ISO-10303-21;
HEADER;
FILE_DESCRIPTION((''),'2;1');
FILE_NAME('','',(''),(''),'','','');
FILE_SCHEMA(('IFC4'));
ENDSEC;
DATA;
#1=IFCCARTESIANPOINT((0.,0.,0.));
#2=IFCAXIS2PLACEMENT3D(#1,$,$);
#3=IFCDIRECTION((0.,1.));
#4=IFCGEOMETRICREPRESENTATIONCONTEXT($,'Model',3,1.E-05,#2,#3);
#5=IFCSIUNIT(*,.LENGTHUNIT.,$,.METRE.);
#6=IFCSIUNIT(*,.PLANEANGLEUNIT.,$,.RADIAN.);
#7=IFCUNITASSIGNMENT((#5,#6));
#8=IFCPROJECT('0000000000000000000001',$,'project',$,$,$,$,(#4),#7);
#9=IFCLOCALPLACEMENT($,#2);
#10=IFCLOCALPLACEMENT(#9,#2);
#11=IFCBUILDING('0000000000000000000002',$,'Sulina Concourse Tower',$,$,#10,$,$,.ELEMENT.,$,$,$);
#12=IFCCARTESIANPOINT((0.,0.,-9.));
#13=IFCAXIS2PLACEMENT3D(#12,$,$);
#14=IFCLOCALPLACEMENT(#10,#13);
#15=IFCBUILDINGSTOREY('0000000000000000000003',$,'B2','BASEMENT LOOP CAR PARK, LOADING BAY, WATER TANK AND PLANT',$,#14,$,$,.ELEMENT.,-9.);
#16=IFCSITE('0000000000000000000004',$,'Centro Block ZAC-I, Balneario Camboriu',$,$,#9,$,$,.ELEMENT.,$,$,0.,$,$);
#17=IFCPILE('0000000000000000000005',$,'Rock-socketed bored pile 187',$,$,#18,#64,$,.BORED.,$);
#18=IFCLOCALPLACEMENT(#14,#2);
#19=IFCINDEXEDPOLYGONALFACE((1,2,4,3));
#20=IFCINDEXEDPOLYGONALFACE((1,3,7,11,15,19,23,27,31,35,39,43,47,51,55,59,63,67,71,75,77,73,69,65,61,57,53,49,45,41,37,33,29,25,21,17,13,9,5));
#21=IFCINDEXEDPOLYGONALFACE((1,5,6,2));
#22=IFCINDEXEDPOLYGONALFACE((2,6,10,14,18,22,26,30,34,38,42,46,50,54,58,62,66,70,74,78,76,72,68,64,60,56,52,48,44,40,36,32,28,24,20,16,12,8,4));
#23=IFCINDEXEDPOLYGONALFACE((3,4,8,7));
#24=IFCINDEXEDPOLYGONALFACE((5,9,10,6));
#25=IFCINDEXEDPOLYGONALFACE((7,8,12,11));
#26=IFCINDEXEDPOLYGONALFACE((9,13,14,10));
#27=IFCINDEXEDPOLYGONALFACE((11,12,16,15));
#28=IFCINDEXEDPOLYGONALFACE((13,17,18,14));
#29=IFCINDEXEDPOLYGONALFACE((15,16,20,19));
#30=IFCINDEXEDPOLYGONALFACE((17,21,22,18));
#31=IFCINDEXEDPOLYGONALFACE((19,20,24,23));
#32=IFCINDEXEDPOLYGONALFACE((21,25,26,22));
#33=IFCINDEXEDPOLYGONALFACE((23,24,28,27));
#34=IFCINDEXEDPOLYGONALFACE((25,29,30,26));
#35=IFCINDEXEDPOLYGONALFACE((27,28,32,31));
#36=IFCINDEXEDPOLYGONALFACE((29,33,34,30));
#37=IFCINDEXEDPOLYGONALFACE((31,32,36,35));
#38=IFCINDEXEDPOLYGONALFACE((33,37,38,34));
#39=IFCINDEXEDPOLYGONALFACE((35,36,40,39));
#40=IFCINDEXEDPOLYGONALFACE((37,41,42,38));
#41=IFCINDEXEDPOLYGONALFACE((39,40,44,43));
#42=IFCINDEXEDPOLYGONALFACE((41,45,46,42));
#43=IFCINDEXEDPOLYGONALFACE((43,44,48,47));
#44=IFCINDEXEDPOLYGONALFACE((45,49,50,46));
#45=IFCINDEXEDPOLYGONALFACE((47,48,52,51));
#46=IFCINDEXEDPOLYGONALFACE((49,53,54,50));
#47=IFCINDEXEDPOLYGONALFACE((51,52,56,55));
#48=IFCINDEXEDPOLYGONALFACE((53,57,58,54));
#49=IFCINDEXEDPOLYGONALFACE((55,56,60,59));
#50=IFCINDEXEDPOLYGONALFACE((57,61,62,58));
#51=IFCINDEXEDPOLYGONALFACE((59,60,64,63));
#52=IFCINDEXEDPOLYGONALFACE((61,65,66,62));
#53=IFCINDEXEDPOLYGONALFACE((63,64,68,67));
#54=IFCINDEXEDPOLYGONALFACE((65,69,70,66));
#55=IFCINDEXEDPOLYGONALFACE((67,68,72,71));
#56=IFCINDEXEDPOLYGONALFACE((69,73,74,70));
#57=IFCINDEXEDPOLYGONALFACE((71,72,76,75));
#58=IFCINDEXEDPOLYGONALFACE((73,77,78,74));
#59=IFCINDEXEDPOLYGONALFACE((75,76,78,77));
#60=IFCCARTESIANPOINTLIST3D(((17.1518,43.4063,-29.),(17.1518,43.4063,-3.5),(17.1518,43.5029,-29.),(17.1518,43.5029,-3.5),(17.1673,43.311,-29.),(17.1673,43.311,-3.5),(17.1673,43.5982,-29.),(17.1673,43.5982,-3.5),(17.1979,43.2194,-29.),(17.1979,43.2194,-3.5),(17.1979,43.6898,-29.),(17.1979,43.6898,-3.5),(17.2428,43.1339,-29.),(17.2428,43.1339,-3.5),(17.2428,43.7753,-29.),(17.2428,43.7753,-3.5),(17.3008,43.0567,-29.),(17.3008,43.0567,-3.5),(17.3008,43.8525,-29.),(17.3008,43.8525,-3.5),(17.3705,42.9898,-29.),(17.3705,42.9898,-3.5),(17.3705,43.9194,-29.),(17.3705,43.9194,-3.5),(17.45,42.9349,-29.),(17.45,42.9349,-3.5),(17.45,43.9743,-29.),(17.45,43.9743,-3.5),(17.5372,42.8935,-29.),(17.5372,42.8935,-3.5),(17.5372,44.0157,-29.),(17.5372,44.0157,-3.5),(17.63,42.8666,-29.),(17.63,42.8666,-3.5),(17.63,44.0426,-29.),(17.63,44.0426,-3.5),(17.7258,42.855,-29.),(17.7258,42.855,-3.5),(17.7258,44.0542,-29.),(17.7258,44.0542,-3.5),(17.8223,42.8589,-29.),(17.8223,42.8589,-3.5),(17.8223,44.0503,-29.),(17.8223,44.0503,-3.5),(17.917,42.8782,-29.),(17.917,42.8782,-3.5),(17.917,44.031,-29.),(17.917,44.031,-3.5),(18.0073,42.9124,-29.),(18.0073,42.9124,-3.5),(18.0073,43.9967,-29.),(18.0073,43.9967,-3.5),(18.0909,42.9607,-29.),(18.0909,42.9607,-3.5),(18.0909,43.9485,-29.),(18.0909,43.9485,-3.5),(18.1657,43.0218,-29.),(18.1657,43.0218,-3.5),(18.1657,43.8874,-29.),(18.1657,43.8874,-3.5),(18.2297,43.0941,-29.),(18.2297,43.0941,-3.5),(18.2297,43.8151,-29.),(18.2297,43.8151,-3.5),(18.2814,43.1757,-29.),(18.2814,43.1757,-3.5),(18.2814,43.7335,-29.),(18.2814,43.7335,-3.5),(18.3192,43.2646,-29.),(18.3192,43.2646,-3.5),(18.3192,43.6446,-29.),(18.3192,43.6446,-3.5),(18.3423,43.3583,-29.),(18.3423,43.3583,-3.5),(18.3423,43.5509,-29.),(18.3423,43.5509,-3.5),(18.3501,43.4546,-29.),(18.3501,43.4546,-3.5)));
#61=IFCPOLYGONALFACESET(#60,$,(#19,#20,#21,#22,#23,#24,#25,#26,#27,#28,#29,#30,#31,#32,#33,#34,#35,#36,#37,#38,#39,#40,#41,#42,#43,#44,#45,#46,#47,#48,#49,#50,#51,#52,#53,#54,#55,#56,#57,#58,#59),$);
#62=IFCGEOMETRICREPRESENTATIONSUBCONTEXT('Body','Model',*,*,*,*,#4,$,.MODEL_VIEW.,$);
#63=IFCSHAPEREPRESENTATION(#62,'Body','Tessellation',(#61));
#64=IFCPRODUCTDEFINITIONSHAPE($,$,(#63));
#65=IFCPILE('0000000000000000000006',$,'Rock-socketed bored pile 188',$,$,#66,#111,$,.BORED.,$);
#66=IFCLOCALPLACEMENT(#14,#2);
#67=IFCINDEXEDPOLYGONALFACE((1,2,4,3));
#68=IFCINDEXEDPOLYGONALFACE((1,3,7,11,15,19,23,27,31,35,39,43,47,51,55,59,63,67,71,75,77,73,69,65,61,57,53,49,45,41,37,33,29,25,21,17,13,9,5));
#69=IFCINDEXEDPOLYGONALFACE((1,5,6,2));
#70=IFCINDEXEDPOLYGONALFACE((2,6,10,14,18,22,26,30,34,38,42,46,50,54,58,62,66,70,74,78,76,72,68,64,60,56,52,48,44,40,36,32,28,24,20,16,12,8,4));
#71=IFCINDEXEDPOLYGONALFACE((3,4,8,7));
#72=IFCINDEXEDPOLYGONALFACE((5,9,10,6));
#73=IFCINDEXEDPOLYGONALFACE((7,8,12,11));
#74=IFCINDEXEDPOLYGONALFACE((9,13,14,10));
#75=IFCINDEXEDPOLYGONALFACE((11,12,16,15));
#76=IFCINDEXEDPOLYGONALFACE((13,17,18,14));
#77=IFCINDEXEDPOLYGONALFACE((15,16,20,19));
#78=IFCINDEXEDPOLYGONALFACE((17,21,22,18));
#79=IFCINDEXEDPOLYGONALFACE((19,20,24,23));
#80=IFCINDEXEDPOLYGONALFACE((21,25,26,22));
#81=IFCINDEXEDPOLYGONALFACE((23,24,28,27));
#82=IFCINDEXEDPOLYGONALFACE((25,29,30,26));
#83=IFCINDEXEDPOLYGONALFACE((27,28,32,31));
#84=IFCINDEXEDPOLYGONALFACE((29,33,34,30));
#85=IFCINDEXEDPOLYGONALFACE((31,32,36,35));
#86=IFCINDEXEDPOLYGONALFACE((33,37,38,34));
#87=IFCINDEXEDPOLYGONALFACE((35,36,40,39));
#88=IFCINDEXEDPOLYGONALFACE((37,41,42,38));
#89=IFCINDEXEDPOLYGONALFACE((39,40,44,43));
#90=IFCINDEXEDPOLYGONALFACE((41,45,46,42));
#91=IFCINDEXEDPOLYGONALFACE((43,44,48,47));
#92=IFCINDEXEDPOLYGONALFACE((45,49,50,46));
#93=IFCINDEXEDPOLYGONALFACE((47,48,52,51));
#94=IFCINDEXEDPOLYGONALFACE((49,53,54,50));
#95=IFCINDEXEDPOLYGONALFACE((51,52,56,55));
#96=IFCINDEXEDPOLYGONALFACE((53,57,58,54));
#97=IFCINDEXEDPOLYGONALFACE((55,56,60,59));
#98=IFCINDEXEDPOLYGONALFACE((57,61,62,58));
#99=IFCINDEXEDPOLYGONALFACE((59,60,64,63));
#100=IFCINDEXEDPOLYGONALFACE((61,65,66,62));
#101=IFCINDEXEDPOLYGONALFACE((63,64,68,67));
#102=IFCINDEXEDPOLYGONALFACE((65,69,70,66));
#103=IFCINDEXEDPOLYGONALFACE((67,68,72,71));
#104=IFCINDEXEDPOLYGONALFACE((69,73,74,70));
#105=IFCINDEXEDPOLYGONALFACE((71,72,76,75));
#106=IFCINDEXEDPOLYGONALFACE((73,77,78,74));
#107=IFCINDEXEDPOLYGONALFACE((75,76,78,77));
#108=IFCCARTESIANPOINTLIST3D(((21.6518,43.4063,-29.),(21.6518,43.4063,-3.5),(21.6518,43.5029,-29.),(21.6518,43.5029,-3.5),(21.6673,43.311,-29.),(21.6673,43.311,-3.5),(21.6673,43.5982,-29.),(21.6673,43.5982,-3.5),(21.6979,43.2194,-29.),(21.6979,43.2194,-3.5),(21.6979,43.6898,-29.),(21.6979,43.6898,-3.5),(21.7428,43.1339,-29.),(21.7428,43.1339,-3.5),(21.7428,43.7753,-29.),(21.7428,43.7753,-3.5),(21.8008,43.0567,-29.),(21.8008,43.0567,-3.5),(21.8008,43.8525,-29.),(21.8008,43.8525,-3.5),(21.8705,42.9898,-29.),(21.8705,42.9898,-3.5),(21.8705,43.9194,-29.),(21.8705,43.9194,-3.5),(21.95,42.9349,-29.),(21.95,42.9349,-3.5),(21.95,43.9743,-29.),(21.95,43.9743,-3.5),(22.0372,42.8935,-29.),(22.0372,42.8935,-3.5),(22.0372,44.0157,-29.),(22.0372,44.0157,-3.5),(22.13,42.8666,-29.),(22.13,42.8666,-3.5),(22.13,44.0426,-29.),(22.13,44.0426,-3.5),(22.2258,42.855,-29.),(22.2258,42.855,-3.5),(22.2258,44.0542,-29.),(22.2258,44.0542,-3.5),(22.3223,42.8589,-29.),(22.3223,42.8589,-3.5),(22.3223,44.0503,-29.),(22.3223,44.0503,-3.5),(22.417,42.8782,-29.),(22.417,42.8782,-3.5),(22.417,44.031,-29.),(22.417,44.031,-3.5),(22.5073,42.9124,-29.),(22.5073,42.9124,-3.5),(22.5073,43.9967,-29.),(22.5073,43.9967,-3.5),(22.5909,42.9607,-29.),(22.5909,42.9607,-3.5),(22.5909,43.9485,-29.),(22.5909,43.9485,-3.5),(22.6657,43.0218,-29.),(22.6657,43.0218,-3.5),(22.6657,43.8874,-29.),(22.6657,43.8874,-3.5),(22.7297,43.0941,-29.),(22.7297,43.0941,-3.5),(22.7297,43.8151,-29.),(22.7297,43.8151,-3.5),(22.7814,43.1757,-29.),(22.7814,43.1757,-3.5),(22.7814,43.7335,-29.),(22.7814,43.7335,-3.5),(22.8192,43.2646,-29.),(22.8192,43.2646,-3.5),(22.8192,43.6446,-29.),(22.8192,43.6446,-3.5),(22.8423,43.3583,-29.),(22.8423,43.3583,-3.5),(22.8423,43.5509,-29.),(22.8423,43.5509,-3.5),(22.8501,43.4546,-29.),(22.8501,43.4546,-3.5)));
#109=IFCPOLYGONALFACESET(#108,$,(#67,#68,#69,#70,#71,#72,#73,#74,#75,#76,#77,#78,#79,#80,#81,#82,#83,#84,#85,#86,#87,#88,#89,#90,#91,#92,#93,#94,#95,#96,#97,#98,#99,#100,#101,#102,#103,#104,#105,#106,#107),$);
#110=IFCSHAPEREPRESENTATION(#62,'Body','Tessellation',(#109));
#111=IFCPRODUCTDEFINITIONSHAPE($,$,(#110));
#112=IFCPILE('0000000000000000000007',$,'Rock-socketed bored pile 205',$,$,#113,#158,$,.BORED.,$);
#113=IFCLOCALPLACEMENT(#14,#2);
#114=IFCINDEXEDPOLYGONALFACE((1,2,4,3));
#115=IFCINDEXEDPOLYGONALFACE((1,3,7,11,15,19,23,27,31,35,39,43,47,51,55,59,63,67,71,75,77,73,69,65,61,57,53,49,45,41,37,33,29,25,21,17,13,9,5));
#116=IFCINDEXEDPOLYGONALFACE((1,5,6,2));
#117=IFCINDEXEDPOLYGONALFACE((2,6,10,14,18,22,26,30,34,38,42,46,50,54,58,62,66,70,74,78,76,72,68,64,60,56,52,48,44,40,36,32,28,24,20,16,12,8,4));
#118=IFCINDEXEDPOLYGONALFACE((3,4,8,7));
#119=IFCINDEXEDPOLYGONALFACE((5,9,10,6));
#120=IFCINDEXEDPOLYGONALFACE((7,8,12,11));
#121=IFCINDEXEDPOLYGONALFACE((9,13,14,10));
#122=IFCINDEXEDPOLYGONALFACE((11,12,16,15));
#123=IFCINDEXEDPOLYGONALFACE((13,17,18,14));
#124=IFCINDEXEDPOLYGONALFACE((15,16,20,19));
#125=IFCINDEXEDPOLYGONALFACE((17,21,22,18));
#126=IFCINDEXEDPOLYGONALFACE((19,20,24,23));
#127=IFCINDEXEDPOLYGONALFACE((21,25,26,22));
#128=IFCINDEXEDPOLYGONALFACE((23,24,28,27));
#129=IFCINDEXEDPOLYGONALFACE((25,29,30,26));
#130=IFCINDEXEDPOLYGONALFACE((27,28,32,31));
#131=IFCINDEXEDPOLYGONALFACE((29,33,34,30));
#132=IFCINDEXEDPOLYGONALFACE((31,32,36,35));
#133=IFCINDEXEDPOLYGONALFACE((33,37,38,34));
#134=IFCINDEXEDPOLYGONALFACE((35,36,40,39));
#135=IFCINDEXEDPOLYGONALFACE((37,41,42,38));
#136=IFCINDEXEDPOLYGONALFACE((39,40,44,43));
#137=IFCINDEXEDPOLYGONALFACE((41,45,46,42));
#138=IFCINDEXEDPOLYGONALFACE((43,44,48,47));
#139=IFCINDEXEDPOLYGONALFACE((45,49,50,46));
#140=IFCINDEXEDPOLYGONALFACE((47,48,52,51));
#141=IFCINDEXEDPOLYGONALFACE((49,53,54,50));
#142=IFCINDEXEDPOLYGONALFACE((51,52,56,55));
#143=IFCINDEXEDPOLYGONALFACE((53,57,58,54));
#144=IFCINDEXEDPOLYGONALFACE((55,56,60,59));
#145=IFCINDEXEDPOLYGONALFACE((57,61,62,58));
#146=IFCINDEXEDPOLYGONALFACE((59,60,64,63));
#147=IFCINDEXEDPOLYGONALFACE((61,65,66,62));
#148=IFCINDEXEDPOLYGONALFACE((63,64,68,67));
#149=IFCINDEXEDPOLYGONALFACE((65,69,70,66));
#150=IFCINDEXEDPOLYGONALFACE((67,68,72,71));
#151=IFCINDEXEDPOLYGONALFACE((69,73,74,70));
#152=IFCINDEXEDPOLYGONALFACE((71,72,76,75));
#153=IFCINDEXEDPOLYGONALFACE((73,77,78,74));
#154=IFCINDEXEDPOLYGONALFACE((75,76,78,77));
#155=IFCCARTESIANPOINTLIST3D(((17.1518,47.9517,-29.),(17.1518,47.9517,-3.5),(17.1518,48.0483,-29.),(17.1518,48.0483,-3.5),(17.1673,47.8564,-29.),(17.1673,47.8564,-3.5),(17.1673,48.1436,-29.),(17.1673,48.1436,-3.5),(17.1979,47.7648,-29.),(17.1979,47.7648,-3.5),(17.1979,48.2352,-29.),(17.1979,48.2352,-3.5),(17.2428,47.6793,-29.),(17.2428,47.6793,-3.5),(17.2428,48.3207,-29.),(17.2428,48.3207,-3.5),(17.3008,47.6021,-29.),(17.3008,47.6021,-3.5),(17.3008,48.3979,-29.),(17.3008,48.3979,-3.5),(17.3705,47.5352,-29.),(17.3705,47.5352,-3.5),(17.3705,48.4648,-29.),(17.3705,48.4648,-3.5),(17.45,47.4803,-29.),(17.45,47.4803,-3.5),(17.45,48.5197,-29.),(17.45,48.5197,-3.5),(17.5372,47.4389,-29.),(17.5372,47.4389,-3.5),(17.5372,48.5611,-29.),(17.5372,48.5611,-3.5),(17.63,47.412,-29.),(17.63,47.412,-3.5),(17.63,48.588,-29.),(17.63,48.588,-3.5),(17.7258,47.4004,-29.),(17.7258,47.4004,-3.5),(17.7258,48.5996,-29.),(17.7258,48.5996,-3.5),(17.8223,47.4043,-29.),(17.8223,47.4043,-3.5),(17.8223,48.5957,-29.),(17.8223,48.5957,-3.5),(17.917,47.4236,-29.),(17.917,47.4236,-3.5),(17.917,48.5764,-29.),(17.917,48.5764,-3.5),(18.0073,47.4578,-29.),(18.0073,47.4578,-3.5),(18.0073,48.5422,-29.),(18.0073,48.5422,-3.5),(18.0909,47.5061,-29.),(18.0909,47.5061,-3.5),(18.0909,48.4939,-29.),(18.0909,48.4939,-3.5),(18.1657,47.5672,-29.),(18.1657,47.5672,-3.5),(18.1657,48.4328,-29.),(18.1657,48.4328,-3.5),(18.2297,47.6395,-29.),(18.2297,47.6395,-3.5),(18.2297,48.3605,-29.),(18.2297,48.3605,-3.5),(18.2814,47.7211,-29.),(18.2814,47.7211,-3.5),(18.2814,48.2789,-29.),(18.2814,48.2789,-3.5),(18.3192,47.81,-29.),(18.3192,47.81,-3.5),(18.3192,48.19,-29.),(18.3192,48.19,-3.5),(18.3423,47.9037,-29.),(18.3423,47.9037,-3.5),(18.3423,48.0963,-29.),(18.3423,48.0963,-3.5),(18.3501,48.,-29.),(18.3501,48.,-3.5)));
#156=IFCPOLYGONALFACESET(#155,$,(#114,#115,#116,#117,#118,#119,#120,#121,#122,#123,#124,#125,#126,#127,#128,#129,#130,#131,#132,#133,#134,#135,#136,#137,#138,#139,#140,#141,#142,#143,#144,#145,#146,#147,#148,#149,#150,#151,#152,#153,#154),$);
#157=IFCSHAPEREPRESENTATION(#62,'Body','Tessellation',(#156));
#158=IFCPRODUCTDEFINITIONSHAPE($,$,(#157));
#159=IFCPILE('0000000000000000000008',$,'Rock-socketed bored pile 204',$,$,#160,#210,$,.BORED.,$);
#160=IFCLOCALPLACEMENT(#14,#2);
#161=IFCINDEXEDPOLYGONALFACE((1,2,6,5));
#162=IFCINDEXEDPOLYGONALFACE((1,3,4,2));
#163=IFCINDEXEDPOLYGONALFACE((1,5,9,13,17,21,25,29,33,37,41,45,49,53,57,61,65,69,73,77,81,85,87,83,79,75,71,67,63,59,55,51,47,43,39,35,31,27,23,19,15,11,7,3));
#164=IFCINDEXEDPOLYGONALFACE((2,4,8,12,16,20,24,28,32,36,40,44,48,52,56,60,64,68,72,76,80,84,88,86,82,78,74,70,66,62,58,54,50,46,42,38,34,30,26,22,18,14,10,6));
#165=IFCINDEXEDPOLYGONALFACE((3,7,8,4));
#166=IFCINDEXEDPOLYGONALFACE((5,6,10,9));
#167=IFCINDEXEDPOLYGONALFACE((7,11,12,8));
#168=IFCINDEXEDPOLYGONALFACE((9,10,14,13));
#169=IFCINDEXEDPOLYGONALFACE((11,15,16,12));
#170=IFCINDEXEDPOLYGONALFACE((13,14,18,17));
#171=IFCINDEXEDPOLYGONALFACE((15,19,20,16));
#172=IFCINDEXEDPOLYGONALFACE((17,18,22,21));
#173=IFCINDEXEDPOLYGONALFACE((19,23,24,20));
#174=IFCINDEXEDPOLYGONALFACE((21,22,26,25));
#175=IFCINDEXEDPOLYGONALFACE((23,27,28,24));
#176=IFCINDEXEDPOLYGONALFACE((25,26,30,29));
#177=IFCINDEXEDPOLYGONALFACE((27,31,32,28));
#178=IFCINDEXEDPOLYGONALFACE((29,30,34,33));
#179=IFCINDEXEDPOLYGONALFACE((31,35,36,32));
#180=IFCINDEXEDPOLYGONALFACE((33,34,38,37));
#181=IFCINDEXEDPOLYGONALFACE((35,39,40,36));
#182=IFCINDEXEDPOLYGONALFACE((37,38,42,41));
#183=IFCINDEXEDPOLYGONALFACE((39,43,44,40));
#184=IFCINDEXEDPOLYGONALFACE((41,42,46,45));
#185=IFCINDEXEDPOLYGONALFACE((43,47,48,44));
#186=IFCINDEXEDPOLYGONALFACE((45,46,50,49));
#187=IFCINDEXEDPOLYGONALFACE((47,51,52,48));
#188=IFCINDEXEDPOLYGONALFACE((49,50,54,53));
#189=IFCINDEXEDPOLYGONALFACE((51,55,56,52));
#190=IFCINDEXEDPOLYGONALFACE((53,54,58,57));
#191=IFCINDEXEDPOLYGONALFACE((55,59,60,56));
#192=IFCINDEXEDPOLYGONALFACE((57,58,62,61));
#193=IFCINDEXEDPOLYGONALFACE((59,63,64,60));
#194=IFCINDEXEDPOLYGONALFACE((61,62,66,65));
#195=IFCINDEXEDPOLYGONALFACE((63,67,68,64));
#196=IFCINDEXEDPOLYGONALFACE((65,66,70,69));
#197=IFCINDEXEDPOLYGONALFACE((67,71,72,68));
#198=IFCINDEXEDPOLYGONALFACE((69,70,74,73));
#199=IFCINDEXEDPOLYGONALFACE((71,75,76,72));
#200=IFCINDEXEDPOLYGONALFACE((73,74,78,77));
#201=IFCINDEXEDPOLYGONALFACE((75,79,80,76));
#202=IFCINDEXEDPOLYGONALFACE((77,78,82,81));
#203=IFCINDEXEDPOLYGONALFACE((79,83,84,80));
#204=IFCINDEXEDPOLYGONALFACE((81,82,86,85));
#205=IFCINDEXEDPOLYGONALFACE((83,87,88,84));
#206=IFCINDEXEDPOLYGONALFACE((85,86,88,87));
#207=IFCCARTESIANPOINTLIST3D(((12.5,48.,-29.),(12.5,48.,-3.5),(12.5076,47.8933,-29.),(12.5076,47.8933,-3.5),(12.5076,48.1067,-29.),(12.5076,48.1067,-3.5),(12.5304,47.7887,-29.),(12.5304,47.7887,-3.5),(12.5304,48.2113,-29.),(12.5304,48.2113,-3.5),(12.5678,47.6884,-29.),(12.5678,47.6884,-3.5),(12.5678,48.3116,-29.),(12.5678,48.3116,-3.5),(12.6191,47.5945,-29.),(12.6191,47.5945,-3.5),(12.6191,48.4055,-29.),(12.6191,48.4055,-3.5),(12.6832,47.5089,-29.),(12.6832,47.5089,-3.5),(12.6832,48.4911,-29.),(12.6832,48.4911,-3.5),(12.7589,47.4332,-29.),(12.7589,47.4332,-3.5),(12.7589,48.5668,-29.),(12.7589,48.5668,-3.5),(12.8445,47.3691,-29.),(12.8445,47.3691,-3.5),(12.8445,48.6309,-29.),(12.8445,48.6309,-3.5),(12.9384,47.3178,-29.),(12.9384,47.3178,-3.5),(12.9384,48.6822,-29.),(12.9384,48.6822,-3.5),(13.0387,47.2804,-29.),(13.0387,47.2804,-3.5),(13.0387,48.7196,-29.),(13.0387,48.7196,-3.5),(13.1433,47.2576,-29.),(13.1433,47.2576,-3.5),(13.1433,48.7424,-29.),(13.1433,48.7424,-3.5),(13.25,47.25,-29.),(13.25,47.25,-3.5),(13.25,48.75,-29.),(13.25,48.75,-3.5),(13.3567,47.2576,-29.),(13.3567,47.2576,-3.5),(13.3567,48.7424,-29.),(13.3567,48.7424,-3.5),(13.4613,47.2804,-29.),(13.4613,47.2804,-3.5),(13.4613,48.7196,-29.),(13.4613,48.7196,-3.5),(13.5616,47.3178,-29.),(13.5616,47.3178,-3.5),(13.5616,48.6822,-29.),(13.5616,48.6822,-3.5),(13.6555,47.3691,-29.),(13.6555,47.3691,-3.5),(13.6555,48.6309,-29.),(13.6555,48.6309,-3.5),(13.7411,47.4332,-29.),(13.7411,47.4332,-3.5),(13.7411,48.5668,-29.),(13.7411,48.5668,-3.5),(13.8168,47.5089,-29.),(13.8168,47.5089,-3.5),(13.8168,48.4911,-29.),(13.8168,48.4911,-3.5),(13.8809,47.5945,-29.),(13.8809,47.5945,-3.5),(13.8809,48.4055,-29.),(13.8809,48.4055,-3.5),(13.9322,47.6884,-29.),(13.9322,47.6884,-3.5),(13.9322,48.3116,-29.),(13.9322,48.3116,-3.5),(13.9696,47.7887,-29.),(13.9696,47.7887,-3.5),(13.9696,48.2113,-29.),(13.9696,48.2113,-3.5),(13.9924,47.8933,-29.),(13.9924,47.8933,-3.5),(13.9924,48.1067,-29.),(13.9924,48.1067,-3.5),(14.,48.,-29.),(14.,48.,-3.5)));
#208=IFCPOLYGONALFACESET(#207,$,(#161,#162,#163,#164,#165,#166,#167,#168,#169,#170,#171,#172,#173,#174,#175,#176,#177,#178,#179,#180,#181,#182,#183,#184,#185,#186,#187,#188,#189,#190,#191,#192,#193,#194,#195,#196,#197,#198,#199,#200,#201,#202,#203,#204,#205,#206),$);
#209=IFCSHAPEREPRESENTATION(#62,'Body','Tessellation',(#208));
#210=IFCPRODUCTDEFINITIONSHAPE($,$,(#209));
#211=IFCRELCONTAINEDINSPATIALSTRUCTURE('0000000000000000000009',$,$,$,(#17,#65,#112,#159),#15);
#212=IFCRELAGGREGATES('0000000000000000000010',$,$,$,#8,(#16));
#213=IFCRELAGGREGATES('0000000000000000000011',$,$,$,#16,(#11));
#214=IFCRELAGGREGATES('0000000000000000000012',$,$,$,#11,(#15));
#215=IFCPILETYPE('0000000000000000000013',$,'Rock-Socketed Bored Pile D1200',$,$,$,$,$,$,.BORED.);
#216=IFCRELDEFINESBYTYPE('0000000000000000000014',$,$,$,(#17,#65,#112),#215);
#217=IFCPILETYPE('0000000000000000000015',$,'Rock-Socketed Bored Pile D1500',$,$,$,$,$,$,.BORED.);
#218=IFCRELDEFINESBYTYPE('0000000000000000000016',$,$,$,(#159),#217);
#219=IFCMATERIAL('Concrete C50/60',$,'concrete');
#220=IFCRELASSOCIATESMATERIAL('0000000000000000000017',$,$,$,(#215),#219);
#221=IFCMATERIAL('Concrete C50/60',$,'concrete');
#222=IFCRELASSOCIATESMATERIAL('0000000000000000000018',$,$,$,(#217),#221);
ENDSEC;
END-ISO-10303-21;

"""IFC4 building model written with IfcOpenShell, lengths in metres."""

from ifc_helpers import new_model, si_unit, direction, frame, origin, origin_2d, place, context, subcontext, project, spatial, circle, extrude, material, material_profile, profile_set, type_object, element, save


model = new_model("IFC4")

# Units and contexts
model_context = context("Model", 3, precision=1e-05, world=origin(), true_north=direction((0.0, 1.0)))
body_context = subcontext(model_context, "Body", "Model", "MODEL_VIEW")
ifc_project = project(units=[si_unit("LENGTHUNIT", "METRE"), si_unit("PLANEANGLEUNIT", "RADIAN")], contexts=[model_context])

# Site, building, storey
site_placement = place(None, origin())
site = spatial("IfcSite", under=ifc_project, at=site_placement, Name="Centro Block ZAC-I, Balneario Camboriu", CompositionType="ELEMENT", RefElevation=0.0)
building_placement = place(site_placement, origin())
building = spatial("IfcBuilding", under=site, at=building_placement, Name="Sulina Concourse Tower", CompositionType="ELEMENT")
storey_placement = place(building_placement, frame((0.0, 0.0, -9.0)))
storey = spatial("IfcBuildingStorey", under=building, at=storey_placement, Name="B2", Description="BASEMENT LOOP CAR PARK, LOADING BAY, WATER TANK AND PLANT", CompositionType="ELEMENT", Elevation=-9.0)

# Piles
ifc_material_1 = material(Name="Concrete C50/60", Category="concrete")
ifc_material_profile_1 = material_profile(ifc_material_1, circle(Radius=0.6001, at=origin_2d()), Name="PILE D1200")
ifc_profile_set_1 = profile_set([ifc_material_profile_1], Name="Concrete C50/60")
pile_type_1 = type_object("IfcPileType", Name="Rock-Socketed Bored Pile D1200", PredefinedType="BORED", material=ifc_profile_set_1)
for number, where, z_axis, x_axis, name in (
    (1, (17.75, 43.4546, -3.5), (0.0, 0.0, -1.0), (1.0, 0.0, 0.0), "Rock-socketed bored pile 187"),
    (2, (22.25, 43.4546, -3.5), (0.0, 0.0, -1.0), (1.0, 0.0, 0.0), "Rock-socketed bored pile 188"),
    (3, (17.75, 48.0, -3.5), (0.0, 0.0, -1.0), (1.0, 0.0, 0.0), "Rock-socketed bored pile 205"),
):
    element("IfcPile", number, at=place(storey_placement, frame(where, z_axis=z_axis, x_axis=x_axis)), inside=storey, type_object=pile_type_1, Name=name, PredefinedType="BORED", context=body_context, shape_type="SweptSolid", body=[
        extrude(circle(Radius=0.6001, at=origin_2d()), origin(), (0.0, 0.0, 1.0), 25.5),
    ])
ifc_material_2 = material(Name="Concrete C50/60", Category="concrete")
ifc_material_profile_2 = material_profile(ifc_material_2, circle(Radius=0.75, at=origin_2d()), Name="PILE D1500")
ifc_profile_set_2 = profile_set([ifc_material_profile_2], Name="Concrete C50/60")
pile_type_2 = type_object("IfcPileType", Name="Rock-Socketed Bored Pile D1500", PredefinedType="BORED", material=ifc_profile_set_2)
for number, where, z_axis, x_axis, name in (
    (4, (13.25, 48.0, -3.5), (0.0, 0.0, -1.0), (1.0, 0.0, 0.0), "Rock-socketed bored pile 204"),
):
    element("IfcPile", number, at=place(storey_placement, frame(where, z_axis=z_axis, x_axis=x_axis)), inside=storey, type_object=pile_type_2, Name=name, PredefinedType="BORED", context=body_context, shape_type="SweptSolid", body=[
        extrude(circle(Radius=0.75, at=origin_2d()), origin(), (0.0, 0.0, 1.0), 25.5),
    ])

save(model, "model.ifc")
